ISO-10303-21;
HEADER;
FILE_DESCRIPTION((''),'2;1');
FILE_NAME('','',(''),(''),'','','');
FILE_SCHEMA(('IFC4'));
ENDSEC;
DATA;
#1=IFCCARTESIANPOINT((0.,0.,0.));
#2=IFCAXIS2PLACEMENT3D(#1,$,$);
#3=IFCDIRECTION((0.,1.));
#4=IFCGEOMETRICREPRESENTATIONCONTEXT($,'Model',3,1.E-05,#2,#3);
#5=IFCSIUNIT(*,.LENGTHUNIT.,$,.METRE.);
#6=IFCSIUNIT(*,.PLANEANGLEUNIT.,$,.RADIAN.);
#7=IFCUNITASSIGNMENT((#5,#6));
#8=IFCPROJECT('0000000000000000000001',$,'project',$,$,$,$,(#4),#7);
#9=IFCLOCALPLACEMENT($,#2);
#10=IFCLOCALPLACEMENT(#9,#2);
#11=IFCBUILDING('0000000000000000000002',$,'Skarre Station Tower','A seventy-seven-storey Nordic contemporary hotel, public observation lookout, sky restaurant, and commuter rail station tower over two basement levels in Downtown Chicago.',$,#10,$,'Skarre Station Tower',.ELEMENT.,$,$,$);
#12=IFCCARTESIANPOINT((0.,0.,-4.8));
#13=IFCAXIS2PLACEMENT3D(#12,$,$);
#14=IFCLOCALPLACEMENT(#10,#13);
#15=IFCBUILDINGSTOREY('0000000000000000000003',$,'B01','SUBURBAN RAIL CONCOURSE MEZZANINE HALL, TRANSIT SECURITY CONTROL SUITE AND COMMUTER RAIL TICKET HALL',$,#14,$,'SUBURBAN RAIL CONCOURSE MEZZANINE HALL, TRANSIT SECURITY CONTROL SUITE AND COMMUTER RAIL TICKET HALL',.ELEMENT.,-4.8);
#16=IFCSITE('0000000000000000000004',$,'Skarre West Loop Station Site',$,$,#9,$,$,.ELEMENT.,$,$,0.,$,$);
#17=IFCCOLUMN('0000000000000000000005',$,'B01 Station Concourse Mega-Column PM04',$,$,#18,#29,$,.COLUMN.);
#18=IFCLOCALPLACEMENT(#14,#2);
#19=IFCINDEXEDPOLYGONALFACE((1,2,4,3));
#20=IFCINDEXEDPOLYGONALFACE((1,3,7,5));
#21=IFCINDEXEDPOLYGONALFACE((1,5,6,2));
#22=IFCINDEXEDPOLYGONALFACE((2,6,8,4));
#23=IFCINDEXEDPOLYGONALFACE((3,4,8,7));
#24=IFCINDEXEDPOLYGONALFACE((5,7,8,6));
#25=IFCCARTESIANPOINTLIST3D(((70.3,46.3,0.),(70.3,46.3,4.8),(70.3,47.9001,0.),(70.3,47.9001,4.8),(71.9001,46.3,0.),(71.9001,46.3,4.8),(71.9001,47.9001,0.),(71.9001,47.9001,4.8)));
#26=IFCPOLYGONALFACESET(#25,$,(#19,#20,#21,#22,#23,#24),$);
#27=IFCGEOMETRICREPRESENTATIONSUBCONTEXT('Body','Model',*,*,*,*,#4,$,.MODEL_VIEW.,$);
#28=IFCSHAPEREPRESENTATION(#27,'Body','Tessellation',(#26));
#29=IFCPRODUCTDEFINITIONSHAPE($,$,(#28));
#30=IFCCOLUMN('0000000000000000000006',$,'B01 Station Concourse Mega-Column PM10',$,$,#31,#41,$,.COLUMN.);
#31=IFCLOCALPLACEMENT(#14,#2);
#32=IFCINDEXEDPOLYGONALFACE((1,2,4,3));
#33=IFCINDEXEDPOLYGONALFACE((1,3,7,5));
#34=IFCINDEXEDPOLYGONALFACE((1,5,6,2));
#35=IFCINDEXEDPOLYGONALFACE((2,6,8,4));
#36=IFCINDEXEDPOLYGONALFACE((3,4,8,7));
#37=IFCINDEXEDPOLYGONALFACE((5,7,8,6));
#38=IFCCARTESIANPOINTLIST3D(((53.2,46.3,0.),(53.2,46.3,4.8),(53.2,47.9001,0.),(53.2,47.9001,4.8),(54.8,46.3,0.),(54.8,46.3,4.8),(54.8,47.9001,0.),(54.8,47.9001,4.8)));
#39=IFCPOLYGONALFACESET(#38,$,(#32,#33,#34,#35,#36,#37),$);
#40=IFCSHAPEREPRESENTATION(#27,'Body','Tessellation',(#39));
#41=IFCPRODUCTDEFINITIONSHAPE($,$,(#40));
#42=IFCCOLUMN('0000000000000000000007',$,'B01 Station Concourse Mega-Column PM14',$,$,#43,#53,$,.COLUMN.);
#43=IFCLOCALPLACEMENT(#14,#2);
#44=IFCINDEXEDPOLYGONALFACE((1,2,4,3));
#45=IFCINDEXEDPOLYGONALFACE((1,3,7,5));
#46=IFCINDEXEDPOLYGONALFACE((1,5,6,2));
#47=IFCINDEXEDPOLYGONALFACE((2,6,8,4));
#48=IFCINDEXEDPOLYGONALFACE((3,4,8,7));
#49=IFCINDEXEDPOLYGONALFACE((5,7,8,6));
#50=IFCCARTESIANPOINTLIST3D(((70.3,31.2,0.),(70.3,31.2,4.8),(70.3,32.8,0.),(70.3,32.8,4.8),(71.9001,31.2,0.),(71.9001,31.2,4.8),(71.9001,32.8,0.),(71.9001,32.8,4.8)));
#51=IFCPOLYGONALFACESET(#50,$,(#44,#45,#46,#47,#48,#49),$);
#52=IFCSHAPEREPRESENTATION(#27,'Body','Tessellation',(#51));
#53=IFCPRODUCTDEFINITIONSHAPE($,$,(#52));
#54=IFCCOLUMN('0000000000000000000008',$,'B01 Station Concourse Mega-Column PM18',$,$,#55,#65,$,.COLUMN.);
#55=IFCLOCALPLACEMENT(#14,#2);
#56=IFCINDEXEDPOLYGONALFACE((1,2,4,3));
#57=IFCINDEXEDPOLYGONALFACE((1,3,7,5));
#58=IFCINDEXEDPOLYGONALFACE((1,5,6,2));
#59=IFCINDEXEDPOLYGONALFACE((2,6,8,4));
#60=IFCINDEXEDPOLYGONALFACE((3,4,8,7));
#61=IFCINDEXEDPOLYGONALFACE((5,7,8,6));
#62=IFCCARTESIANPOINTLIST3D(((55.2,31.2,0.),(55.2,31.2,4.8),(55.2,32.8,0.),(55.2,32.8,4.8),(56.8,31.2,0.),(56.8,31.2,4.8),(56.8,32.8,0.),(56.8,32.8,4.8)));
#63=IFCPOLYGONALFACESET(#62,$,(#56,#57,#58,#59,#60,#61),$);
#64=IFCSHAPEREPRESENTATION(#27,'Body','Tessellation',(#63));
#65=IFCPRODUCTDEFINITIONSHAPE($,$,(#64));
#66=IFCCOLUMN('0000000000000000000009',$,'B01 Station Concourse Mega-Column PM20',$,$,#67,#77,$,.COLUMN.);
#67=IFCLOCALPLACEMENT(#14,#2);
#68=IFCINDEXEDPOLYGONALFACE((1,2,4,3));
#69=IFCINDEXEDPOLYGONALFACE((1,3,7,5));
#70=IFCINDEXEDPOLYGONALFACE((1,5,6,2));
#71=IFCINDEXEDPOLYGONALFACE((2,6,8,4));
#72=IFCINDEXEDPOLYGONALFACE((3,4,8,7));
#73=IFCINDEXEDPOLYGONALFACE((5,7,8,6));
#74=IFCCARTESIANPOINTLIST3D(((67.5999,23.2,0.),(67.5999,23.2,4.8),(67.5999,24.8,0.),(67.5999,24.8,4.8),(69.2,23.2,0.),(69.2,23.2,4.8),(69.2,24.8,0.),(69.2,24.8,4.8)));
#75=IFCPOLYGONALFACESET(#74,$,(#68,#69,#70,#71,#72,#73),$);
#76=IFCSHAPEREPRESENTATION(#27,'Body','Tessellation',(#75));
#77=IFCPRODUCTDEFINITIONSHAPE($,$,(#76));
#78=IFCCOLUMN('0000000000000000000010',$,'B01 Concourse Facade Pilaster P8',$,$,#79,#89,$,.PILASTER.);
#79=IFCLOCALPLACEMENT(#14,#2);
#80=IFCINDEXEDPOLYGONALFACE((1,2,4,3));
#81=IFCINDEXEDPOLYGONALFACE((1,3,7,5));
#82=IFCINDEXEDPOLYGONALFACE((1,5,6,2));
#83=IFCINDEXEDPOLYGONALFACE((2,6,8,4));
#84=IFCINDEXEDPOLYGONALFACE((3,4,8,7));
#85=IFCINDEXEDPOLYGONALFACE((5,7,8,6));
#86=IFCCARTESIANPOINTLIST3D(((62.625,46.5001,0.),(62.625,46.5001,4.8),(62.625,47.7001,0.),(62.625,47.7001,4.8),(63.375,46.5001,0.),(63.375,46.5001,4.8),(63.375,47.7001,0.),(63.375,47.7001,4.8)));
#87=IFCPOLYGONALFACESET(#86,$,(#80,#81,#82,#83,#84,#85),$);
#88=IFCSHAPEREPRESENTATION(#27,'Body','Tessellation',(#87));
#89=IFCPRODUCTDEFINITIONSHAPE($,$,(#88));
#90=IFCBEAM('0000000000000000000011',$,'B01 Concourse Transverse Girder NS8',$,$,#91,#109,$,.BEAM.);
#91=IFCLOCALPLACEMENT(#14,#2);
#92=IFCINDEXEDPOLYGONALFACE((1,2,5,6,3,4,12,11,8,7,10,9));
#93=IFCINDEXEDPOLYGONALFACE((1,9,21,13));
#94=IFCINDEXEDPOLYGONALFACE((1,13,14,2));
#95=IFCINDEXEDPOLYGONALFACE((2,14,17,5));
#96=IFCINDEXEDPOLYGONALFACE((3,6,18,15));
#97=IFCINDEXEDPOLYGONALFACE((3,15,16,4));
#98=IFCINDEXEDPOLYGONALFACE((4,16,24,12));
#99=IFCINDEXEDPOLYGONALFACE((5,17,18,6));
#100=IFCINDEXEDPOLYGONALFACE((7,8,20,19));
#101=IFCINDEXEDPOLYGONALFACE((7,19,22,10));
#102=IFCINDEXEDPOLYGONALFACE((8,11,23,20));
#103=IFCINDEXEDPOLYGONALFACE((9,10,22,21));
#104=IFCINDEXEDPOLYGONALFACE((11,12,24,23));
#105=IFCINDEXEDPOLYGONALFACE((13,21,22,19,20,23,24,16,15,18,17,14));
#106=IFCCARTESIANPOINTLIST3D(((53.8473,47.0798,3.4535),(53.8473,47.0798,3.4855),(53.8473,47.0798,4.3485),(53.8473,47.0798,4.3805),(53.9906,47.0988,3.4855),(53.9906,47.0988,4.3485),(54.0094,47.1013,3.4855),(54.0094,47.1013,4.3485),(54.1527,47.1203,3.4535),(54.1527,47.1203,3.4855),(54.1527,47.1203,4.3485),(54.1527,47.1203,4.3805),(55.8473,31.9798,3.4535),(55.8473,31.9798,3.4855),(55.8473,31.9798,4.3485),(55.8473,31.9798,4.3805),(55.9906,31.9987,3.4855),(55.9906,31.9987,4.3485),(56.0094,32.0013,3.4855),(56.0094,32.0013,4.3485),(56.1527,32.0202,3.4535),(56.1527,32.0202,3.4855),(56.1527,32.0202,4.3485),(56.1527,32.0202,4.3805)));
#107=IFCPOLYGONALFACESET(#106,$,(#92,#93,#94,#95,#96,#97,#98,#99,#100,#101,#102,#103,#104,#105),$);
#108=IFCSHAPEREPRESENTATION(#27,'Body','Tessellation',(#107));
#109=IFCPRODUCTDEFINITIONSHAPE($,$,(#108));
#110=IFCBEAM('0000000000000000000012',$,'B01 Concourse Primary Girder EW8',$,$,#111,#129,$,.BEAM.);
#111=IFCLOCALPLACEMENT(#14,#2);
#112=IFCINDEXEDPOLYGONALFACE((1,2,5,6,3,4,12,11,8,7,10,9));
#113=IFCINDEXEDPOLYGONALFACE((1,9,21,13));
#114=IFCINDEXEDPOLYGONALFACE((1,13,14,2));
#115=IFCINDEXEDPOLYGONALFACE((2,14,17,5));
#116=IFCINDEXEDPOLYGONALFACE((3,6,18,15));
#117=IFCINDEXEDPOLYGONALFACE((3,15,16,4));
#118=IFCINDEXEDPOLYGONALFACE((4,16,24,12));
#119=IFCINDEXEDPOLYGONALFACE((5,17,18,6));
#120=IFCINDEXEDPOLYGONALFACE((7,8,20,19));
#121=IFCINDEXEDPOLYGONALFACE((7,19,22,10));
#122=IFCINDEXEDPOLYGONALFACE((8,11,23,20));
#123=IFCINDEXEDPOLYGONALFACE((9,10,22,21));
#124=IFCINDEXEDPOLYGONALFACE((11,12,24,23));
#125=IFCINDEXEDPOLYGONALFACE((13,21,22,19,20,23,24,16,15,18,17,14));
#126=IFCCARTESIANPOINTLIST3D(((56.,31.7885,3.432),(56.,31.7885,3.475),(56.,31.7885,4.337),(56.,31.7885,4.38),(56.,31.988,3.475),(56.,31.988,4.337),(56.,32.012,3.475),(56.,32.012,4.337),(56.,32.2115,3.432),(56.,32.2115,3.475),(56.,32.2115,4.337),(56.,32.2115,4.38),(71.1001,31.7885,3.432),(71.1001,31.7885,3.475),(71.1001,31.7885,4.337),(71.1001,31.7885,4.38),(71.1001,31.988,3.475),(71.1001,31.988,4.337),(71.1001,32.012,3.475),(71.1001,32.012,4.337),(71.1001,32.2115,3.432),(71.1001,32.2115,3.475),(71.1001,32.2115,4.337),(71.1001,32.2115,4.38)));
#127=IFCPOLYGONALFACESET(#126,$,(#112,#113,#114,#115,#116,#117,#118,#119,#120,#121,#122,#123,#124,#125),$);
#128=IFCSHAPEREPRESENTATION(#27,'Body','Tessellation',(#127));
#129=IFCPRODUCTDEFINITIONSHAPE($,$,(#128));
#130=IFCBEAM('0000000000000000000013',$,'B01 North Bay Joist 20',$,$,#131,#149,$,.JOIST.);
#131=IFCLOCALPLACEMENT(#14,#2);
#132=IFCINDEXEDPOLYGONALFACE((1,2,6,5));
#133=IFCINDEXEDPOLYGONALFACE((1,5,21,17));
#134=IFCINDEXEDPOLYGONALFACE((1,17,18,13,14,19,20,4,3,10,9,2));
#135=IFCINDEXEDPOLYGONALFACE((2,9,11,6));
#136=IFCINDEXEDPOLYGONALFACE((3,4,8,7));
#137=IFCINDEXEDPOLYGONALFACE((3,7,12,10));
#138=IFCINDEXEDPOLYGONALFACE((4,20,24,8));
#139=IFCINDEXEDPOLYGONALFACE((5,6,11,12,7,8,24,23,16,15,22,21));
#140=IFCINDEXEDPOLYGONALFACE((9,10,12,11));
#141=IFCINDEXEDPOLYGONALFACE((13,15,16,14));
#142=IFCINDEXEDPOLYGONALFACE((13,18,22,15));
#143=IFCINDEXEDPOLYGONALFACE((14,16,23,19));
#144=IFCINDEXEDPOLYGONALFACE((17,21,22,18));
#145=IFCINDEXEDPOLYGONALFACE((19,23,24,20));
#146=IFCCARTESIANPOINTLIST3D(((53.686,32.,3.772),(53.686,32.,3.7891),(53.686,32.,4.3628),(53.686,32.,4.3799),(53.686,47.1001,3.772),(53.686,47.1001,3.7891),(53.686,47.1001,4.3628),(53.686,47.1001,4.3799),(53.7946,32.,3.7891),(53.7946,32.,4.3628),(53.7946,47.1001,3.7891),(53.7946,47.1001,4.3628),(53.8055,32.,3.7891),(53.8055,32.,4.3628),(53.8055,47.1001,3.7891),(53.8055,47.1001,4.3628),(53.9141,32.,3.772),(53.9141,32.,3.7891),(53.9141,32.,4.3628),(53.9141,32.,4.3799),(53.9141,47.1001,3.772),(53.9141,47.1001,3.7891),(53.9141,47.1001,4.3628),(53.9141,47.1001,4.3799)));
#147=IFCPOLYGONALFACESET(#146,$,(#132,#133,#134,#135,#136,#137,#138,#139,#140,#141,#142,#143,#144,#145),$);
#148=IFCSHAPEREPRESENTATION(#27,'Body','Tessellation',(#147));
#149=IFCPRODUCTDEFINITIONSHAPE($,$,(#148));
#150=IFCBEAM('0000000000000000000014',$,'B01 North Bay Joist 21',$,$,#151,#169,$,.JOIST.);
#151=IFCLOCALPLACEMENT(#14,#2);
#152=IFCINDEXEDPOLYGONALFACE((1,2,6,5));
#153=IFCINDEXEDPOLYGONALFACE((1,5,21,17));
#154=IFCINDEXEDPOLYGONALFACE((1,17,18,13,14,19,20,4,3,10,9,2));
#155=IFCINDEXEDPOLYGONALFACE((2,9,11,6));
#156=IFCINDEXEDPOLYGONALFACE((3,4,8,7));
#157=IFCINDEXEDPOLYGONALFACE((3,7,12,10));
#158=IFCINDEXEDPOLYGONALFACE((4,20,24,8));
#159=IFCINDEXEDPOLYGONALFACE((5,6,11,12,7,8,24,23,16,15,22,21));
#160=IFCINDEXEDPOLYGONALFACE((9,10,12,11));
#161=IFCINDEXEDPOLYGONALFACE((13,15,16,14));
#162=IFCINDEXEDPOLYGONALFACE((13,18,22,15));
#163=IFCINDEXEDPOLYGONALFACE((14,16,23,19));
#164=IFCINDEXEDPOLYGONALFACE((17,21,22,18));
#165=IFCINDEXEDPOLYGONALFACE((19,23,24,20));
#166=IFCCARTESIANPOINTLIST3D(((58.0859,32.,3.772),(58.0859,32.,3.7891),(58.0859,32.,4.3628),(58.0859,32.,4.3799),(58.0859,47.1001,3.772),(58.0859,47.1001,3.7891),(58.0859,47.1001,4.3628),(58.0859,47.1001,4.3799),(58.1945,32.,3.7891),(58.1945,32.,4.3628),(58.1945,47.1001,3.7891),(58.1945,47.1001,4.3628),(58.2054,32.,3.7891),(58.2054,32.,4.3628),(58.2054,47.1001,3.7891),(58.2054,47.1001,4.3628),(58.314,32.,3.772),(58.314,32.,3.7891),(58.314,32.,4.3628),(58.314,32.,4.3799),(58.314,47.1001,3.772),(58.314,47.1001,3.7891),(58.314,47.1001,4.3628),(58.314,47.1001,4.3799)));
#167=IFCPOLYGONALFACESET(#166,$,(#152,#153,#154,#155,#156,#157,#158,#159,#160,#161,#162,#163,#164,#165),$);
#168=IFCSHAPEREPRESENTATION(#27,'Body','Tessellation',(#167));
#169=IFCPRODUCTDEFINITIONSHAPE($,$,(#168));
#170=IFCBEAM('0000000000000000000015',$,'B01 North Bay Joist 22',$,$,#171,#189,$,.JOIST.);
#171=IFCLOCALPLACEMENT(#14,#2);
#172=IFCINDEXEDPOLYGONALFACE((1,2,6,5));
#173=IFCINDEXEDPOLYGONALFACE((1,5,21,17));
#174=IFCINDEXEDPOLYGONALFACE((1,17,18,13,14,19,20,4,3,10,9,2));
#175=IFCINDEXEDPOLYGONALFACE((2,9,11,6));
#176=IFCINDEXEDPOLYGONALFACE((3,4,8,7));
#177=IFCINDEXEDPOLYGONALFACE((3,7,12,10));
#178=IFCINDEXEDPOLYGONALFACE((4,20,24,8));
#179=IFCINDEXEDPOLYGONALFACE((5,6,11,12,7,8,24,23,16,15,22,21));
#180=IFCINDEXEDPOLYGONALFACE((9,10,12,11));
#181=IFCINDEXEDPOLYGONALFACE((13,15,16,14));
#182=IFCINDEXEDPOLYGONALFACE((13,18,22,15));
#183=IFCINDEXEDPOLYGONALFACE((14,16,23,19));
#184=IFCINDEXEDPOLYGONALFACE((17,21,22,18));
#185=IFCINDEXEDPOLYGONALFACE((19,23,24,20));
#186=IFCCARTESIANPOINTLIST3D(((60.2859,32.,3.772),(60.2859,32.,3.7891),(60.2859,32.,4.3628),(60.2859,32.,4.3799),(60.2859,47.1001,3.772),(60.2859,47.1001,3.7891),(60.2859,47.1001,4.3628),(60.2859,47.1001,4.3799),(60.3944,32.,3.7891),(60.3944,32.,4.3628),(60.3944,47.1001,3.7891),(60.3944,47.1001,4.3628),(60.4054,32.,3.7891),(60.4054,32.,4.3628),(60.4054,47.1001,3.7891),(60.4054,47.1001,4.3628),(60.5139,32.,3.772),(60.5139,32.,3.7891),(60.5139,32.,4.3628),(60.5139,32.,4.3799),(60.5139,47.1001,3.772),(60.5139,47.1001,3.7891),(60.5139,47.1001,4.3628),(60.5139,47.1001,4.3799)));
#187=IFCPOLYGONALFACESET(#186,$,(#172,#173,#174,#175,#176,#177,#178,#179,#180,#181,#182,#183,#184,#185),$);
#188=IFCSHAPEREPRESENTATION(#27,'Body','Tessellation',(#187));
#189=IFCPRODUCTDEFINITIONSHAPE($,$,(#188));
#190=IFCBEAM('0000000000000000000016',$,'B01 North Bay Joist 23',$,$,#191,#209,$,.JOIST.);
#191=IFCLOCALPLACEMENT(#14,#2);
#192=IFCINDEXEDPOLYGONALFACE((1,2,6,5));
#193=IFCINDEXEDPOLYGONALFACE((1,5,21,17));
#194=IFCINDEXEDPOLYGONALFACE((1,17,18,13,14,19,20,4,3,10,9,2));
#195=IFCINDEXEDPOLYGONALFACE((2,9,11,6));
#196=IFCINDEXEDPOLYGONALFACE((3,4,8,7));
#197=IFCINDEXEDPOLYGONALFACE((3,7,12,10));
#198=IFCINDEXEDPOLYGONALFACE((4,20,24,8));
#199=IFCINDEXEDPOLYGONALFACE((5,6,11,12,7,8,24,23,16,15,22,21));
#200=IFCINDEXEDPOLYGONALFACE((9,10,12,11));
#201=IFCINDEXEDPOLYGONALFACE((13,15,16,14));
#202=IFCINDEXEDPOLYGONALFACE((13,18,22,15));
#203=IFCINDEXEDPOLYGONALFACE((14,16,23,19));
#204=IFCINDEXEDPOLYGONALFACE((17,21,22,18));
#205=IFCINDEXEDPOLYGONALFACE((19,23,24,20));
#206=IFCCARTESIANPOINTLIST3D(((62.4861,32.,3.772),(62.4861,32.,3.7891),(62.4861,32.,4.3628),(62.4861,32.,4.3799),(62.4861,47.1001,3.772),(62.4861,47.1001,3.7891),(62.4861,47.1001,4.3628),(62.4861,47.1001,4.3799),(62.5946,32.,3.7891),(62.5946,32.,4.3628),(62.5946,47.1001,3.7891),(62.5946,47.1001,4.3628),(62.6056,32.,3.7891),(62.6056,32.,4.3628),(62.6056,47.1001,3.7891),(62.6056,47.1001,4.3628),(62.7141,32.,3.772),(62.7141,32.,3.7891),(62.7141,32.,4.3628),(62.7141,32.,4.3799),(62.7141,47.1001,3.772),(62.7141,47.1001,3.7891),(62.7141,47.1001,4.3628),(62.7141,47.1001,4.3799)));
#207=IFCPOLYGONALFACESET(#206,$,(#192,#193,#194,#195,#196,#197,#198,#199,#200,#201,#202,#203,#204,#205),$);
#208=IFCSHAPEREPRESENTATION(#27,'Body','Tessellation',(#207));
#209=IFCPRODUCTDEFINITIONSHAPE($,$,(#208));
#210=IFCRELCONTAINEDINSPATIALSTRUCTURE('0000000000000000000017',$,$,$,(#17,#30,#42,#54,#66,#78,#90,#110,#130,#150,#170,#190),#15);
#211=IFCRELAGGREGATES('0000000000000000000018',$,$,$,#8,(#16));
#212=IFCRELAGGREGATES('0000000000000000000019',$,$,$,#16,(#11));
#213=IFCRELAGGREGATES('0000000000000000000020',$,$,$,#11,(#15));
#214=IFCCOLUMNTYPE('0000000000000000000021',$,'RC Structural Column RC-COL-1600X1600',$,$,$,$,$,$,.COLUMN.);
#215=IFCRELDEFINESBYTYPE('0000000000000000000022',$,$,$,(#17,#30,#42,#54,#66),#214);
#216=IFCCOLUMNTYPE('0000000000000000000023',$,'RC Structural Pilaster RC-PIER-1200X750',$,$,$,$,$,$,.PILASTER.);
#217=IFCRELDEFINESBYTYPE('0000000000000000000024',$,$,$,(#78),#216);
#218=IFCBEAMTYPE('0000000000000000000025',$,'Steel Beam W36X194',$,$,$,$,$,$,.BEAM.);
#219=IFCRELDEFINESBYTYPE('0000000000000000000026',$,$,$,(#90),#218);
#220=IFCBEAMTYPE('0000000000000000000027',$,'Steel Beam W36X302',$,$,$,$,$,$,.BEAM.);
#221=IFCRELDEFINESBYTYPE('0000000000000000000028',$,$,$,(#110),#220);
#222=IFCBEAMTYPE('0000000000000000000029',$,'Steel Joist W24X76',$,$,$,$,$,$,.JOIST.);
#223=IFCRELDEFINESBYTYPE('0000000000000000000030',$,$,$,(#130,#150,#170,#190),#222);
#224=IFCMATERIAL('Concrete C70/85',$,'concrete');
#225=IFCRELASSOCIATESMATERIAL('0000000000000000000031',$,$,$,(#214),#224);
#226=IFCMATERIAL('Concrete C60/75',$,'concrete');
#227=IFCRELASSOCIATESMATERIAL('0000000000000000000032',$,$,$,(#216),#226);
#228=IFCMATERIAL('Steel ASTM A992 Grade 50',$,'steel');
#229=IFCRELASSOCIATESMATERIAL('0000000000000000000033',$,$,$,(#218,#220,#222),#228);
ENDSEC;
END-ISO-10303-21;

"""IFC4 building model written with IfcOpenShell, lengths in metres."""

from ifc_helpers import new_model, si_unit, direction, frame, origin, origin_2d, place, context, subcontext, project, spatial, rectangle, i_section, extrude, material, material_profile, profile_set, type_object, element, save


model = new_model("IFC4")

# Units and contexts
model_context = context("Model", 3, precision=1e-05, world=origin(), true_north=direction((0.0, 1.0)))
body_context = subcontext(model_context, "Body", "Model", "MODEL_VIEW")
ifc_project = project(units=[si_unit("LENGTHUNIT", "METRE"), si_unit("PLANEANGLEUNIT", "RADIAN")], contexts=[model_context])

# Site, building, storey
site_placement = place(None, origin())
site = spatial("IfcSite", under=ifc_project, at=site_placement, Name="Skarre West Loop Station Site", CompositionType="ELEMENT", RefElevation=0.0)
building_placement = place(site_placement, origin())
building = spatial("IfcBuilding", under=site, at=building_placement, Name="Skarre Station Tower", Description="A seventy-seven-storey Nordic contemporary hotel, public observation lookout, sky restaurant, and commuter rail station tower over two basement levels in Downtown Chicago.", LongName="Skarre Station Tower", CompositionType="ELEMENT")
storey_placement = place(building_placement, frame((0.0, 0.0, -4.8)))
storey = spatial("IfcBuildingStorey", under=building, at=storey_placement, Name="B01", Description="SUBURBAN RAIL CONCOURSE MEZZANINE HALL, TRANSIT SECURITY CONTROL SUITE AND COMMUTER RAIL TICKET HALL", LongName="SUBURBAN RAIL CONCOURSE MEZZANINE HALL, TRANSIT SECURITY CONTROL SUITE AND COMMUTER RAIL TICKET HALL", CompositionType="ELEMENT", Elevation=-4.8)

# Columns
ifc_material_1 = material(Name="Concrete C70/85", Category="concrete")
ifc_material_profile_1 = material_profile(ifc_material_1, rectangle(XDim=1.6001, YDim=1.6001, at=origin_2d()), Name="Concrete C70/85")
ifc_profile_set_1 = profile_set([ifc_material_profile_1], Name="Concrete C70/85")
column_type_1 = type_object("IfcColumnType", Name="RC Structural Column RC-COL-1600X1600", PredefinedType="COLUMN", material=ifc_profile_set_1)
for number, where, z_axis, x_axis, name in (
    (1, (71.1001, 47.1001, 0.0), (0.0, 0.0, 1.0), (1.0, 0.0, 0.0), "B01 Station Concourse Mega-Column PM04"),
    (2, (54.0, 47.1001, 0.0), (0.0, 0.0, 1.0), (1.0, 0.0, 0.0), "B01 Station Concourse Mega-Column PM10"),
    (3, (71.1001, 32.0, 0.0), (0.0, 0.0, 1.0), (1.0, 0.0, 0.0), "B01 Station Concourse Mega-Column PM14"),
    (4, (56.0, 32.0, 0.0), (0.0, 0.0, 1.0), (1.0, 0.0, 0.0), "B01 Station Concourse Mega-Column PM18"),
    (5, (68.3999, 24.0, 0.0), (0.0, 0.0, 1.0), (1.0, 0.0, 0.0), "B01 Station Concourse Mega-Column PM20"),
):
    element("IfcColumn", number, at=place(storey_placement, frame(where, z_axis=z_axis, x_axis=x_axis)), inside=storey, type_object=column_type_1, Name=name, PredefinedType="COLUMN", context=body_context, shape_type="SweptSolid", body=[
        extrude(rectangle(XDim=1.6001, YDim=1.6001, at=origin_2d()), origin(), (0.0, 0.0, 1.0), 4.8),
    ])
ifc_material_2 = material(Name="Concrete C60/75", Category="concrete")
ifc_material_profile_2 = material_profile(ifc_material_2, rectangle(XDim=0.75, YDim=1.2, at=origin_2d()), Name="Concrete C60/75")
ifc_profile_set_2 = profile_set([ifc_material_profile_2], Name="Concrete C60/75")
column_type_2 = type_object("IfcColumnType", Name="RC Structural Pilaster RC-PIER-1200X750", PredefinedType="PILASTER", material=ifc_profile_set_2)
column_placement = place(storey_placement, frame((63.0, 47.1001, 0.0), z_axis=(0.0, 0.0, 1.0), x_axis=(1.0, 0.0, 0.0)))
element("IfcColumn", 6, at=column_placement, inside=storey, type_object=column_type_2, Name="B01 Concourse Facade Pilaster P8", PredefinedType="PILASTER", context=body_context, shape_type="SweptSolid", body=[
    extrude(rectangle(XDim=0.75, YDim=1.2, at=origin_2d()), origin(), (0.0, 0.0, 1.0), 4.8),
])

# Beams
ifc_material_3 = material(Name="Steel ASTM A992 Grade 50", Category="steel")
ifc_material_profile_3 = material_profile(ifc_material_3, i_section(OverallWidth=0.3081, OverallDepth=0.927, WebThickness=0.019, FlangeThickness=0.032, at=origin_2d()), Name="Steel ASTM A992 Grade 50")
ifc_profile_set_3 = profile_set([ifc_material_profile_3], Name="Steel ASTM A992 Grade 50")
beam_type_1 = type_object("IfcBeamType", Name="Steel Beam W36X194", PredefinedType="BEAM", material=ifc_profile_set_3)
beam_1_placement = place(storey_placement, frame((56.0, 32.0, 3.917), z_axis=(-0.131303, 0.991342, 0.0), x_axis=(-0.991342, -0.131303, 0.0)))
element("IfcBeam", 7, at=beam_1_placement, inside=storey, type_object=beam_type_1, Name="B01 Concourse Transverse Girder NS8", PredefinedType="BEAM", context=body_context, shape_type="SweptSolid", body=[
    extrude(i_section(OverallWidth=0.3081, OverallDepth=0.927, WebThickness=0.019, FlangeThickness=0.032, at=origin_2d()), origin(), (0.0, 0.0, 1.0), 15.2319),
])
ifc_material_profile_4 = material_profile(ifc_material_3, i_section(OverallWidth=0.4231, OverallDepth=0.948, WebThickness=0.0239, FlangeThickness=0.043, at=origin_2d()), Name="Steel ASTM A992 Grade 50")
ifc_profile_set_4 = profile_set([ifc_material_profile_4], Name="Steel ASTM A992 Grade 50")
beam_type_2 = type_object("IfcBeamType", Name="Steel Beam W36X302", PredefinedType="BEAM", material=ifc_profile_set_4)
beam_2_placement = place(storey_placement, frame((56.0, 32.0, 3.906), z_axis=(1.0, 0.0, 0.0), x_axis=(0.0, 1.0, 0.0)))
element("IfcBeam", 8, at=beam_2_placement, inside=storey, type_object=beam_type_2, Name="B01 Concourse Primary Girder EW8", PredefinedType="BEAM", context=body_context, shape_type="SweptSolid", body=[
    extrude(i_section(OverallWidth=0.4231, OverallDepth=0.948, WebThickness=0.0239, FlangeThickness=0.043, at=origin_2d()), origin(), (0.0, 0.0, 1.0), 15.1001),
])
ifc_material_profile_5 = material_profile(ifc_material_3, i_section(OverallWidth=0.228, OverallDepth=0.6079, WebThickness=0.011, FlangeThickness=0.0171, at=origin_2d()), Name="Steel ASTM A992 Grade 50")
ifc_profile_set_5 = profile_set([ifc_material_profile_5], Name="Steel ASTM A992 Grade 50")
beam_type_3 = type_object("IfcBeamType", Name="Steel Joist W24X76", PredefinedType="JOIST", material=ifc_profile_set_5)
for number, where, z_axis, x_axis, name in (
    (9, (53.8, 32.0, 4.0759), (0.0, 1.0, 0.0), (-1.0, 0.0, 0.0), "B01 North Bay Joist 20"),
    (10, (58.2, 32.0, 4.0759), (0.0, 1.0, 0.0), (-1.0, 0.0, 0.0), "B01 North Bay Joist 21"),
    (11, (60.3999, 32.0, 4.0759), (0.0, 1.0, 0.0), (-1.0, 0.0, 0.0), "B01 North Bay Joist 22"),
    (12, (62.6001, 32.0, 4.0759), (0.0, 1.0, 0.0), (-1.0, 0.0, 0.0), "B01 North Bay Joist 23"),
):
    element("IfcBeam", number, at=place(storey_placement, frame(where, z_axis=z_axis, x_axis=x_axis)), inside=storey, type_object=beam_type_3, Name=name, PredefinedType="JOIST", context=body_context, shape_type="SweptSolid", body=[
        extrude(i_section(OverallWidth=0.228, OverallDepth=0.6079, WebThickness=0.011, FlangeThickness=0.0171, at=origin_2d()), origin(), (0.0, 0.0, 1.0), 15.1001),
    ])

save(model, "model.ifc")
